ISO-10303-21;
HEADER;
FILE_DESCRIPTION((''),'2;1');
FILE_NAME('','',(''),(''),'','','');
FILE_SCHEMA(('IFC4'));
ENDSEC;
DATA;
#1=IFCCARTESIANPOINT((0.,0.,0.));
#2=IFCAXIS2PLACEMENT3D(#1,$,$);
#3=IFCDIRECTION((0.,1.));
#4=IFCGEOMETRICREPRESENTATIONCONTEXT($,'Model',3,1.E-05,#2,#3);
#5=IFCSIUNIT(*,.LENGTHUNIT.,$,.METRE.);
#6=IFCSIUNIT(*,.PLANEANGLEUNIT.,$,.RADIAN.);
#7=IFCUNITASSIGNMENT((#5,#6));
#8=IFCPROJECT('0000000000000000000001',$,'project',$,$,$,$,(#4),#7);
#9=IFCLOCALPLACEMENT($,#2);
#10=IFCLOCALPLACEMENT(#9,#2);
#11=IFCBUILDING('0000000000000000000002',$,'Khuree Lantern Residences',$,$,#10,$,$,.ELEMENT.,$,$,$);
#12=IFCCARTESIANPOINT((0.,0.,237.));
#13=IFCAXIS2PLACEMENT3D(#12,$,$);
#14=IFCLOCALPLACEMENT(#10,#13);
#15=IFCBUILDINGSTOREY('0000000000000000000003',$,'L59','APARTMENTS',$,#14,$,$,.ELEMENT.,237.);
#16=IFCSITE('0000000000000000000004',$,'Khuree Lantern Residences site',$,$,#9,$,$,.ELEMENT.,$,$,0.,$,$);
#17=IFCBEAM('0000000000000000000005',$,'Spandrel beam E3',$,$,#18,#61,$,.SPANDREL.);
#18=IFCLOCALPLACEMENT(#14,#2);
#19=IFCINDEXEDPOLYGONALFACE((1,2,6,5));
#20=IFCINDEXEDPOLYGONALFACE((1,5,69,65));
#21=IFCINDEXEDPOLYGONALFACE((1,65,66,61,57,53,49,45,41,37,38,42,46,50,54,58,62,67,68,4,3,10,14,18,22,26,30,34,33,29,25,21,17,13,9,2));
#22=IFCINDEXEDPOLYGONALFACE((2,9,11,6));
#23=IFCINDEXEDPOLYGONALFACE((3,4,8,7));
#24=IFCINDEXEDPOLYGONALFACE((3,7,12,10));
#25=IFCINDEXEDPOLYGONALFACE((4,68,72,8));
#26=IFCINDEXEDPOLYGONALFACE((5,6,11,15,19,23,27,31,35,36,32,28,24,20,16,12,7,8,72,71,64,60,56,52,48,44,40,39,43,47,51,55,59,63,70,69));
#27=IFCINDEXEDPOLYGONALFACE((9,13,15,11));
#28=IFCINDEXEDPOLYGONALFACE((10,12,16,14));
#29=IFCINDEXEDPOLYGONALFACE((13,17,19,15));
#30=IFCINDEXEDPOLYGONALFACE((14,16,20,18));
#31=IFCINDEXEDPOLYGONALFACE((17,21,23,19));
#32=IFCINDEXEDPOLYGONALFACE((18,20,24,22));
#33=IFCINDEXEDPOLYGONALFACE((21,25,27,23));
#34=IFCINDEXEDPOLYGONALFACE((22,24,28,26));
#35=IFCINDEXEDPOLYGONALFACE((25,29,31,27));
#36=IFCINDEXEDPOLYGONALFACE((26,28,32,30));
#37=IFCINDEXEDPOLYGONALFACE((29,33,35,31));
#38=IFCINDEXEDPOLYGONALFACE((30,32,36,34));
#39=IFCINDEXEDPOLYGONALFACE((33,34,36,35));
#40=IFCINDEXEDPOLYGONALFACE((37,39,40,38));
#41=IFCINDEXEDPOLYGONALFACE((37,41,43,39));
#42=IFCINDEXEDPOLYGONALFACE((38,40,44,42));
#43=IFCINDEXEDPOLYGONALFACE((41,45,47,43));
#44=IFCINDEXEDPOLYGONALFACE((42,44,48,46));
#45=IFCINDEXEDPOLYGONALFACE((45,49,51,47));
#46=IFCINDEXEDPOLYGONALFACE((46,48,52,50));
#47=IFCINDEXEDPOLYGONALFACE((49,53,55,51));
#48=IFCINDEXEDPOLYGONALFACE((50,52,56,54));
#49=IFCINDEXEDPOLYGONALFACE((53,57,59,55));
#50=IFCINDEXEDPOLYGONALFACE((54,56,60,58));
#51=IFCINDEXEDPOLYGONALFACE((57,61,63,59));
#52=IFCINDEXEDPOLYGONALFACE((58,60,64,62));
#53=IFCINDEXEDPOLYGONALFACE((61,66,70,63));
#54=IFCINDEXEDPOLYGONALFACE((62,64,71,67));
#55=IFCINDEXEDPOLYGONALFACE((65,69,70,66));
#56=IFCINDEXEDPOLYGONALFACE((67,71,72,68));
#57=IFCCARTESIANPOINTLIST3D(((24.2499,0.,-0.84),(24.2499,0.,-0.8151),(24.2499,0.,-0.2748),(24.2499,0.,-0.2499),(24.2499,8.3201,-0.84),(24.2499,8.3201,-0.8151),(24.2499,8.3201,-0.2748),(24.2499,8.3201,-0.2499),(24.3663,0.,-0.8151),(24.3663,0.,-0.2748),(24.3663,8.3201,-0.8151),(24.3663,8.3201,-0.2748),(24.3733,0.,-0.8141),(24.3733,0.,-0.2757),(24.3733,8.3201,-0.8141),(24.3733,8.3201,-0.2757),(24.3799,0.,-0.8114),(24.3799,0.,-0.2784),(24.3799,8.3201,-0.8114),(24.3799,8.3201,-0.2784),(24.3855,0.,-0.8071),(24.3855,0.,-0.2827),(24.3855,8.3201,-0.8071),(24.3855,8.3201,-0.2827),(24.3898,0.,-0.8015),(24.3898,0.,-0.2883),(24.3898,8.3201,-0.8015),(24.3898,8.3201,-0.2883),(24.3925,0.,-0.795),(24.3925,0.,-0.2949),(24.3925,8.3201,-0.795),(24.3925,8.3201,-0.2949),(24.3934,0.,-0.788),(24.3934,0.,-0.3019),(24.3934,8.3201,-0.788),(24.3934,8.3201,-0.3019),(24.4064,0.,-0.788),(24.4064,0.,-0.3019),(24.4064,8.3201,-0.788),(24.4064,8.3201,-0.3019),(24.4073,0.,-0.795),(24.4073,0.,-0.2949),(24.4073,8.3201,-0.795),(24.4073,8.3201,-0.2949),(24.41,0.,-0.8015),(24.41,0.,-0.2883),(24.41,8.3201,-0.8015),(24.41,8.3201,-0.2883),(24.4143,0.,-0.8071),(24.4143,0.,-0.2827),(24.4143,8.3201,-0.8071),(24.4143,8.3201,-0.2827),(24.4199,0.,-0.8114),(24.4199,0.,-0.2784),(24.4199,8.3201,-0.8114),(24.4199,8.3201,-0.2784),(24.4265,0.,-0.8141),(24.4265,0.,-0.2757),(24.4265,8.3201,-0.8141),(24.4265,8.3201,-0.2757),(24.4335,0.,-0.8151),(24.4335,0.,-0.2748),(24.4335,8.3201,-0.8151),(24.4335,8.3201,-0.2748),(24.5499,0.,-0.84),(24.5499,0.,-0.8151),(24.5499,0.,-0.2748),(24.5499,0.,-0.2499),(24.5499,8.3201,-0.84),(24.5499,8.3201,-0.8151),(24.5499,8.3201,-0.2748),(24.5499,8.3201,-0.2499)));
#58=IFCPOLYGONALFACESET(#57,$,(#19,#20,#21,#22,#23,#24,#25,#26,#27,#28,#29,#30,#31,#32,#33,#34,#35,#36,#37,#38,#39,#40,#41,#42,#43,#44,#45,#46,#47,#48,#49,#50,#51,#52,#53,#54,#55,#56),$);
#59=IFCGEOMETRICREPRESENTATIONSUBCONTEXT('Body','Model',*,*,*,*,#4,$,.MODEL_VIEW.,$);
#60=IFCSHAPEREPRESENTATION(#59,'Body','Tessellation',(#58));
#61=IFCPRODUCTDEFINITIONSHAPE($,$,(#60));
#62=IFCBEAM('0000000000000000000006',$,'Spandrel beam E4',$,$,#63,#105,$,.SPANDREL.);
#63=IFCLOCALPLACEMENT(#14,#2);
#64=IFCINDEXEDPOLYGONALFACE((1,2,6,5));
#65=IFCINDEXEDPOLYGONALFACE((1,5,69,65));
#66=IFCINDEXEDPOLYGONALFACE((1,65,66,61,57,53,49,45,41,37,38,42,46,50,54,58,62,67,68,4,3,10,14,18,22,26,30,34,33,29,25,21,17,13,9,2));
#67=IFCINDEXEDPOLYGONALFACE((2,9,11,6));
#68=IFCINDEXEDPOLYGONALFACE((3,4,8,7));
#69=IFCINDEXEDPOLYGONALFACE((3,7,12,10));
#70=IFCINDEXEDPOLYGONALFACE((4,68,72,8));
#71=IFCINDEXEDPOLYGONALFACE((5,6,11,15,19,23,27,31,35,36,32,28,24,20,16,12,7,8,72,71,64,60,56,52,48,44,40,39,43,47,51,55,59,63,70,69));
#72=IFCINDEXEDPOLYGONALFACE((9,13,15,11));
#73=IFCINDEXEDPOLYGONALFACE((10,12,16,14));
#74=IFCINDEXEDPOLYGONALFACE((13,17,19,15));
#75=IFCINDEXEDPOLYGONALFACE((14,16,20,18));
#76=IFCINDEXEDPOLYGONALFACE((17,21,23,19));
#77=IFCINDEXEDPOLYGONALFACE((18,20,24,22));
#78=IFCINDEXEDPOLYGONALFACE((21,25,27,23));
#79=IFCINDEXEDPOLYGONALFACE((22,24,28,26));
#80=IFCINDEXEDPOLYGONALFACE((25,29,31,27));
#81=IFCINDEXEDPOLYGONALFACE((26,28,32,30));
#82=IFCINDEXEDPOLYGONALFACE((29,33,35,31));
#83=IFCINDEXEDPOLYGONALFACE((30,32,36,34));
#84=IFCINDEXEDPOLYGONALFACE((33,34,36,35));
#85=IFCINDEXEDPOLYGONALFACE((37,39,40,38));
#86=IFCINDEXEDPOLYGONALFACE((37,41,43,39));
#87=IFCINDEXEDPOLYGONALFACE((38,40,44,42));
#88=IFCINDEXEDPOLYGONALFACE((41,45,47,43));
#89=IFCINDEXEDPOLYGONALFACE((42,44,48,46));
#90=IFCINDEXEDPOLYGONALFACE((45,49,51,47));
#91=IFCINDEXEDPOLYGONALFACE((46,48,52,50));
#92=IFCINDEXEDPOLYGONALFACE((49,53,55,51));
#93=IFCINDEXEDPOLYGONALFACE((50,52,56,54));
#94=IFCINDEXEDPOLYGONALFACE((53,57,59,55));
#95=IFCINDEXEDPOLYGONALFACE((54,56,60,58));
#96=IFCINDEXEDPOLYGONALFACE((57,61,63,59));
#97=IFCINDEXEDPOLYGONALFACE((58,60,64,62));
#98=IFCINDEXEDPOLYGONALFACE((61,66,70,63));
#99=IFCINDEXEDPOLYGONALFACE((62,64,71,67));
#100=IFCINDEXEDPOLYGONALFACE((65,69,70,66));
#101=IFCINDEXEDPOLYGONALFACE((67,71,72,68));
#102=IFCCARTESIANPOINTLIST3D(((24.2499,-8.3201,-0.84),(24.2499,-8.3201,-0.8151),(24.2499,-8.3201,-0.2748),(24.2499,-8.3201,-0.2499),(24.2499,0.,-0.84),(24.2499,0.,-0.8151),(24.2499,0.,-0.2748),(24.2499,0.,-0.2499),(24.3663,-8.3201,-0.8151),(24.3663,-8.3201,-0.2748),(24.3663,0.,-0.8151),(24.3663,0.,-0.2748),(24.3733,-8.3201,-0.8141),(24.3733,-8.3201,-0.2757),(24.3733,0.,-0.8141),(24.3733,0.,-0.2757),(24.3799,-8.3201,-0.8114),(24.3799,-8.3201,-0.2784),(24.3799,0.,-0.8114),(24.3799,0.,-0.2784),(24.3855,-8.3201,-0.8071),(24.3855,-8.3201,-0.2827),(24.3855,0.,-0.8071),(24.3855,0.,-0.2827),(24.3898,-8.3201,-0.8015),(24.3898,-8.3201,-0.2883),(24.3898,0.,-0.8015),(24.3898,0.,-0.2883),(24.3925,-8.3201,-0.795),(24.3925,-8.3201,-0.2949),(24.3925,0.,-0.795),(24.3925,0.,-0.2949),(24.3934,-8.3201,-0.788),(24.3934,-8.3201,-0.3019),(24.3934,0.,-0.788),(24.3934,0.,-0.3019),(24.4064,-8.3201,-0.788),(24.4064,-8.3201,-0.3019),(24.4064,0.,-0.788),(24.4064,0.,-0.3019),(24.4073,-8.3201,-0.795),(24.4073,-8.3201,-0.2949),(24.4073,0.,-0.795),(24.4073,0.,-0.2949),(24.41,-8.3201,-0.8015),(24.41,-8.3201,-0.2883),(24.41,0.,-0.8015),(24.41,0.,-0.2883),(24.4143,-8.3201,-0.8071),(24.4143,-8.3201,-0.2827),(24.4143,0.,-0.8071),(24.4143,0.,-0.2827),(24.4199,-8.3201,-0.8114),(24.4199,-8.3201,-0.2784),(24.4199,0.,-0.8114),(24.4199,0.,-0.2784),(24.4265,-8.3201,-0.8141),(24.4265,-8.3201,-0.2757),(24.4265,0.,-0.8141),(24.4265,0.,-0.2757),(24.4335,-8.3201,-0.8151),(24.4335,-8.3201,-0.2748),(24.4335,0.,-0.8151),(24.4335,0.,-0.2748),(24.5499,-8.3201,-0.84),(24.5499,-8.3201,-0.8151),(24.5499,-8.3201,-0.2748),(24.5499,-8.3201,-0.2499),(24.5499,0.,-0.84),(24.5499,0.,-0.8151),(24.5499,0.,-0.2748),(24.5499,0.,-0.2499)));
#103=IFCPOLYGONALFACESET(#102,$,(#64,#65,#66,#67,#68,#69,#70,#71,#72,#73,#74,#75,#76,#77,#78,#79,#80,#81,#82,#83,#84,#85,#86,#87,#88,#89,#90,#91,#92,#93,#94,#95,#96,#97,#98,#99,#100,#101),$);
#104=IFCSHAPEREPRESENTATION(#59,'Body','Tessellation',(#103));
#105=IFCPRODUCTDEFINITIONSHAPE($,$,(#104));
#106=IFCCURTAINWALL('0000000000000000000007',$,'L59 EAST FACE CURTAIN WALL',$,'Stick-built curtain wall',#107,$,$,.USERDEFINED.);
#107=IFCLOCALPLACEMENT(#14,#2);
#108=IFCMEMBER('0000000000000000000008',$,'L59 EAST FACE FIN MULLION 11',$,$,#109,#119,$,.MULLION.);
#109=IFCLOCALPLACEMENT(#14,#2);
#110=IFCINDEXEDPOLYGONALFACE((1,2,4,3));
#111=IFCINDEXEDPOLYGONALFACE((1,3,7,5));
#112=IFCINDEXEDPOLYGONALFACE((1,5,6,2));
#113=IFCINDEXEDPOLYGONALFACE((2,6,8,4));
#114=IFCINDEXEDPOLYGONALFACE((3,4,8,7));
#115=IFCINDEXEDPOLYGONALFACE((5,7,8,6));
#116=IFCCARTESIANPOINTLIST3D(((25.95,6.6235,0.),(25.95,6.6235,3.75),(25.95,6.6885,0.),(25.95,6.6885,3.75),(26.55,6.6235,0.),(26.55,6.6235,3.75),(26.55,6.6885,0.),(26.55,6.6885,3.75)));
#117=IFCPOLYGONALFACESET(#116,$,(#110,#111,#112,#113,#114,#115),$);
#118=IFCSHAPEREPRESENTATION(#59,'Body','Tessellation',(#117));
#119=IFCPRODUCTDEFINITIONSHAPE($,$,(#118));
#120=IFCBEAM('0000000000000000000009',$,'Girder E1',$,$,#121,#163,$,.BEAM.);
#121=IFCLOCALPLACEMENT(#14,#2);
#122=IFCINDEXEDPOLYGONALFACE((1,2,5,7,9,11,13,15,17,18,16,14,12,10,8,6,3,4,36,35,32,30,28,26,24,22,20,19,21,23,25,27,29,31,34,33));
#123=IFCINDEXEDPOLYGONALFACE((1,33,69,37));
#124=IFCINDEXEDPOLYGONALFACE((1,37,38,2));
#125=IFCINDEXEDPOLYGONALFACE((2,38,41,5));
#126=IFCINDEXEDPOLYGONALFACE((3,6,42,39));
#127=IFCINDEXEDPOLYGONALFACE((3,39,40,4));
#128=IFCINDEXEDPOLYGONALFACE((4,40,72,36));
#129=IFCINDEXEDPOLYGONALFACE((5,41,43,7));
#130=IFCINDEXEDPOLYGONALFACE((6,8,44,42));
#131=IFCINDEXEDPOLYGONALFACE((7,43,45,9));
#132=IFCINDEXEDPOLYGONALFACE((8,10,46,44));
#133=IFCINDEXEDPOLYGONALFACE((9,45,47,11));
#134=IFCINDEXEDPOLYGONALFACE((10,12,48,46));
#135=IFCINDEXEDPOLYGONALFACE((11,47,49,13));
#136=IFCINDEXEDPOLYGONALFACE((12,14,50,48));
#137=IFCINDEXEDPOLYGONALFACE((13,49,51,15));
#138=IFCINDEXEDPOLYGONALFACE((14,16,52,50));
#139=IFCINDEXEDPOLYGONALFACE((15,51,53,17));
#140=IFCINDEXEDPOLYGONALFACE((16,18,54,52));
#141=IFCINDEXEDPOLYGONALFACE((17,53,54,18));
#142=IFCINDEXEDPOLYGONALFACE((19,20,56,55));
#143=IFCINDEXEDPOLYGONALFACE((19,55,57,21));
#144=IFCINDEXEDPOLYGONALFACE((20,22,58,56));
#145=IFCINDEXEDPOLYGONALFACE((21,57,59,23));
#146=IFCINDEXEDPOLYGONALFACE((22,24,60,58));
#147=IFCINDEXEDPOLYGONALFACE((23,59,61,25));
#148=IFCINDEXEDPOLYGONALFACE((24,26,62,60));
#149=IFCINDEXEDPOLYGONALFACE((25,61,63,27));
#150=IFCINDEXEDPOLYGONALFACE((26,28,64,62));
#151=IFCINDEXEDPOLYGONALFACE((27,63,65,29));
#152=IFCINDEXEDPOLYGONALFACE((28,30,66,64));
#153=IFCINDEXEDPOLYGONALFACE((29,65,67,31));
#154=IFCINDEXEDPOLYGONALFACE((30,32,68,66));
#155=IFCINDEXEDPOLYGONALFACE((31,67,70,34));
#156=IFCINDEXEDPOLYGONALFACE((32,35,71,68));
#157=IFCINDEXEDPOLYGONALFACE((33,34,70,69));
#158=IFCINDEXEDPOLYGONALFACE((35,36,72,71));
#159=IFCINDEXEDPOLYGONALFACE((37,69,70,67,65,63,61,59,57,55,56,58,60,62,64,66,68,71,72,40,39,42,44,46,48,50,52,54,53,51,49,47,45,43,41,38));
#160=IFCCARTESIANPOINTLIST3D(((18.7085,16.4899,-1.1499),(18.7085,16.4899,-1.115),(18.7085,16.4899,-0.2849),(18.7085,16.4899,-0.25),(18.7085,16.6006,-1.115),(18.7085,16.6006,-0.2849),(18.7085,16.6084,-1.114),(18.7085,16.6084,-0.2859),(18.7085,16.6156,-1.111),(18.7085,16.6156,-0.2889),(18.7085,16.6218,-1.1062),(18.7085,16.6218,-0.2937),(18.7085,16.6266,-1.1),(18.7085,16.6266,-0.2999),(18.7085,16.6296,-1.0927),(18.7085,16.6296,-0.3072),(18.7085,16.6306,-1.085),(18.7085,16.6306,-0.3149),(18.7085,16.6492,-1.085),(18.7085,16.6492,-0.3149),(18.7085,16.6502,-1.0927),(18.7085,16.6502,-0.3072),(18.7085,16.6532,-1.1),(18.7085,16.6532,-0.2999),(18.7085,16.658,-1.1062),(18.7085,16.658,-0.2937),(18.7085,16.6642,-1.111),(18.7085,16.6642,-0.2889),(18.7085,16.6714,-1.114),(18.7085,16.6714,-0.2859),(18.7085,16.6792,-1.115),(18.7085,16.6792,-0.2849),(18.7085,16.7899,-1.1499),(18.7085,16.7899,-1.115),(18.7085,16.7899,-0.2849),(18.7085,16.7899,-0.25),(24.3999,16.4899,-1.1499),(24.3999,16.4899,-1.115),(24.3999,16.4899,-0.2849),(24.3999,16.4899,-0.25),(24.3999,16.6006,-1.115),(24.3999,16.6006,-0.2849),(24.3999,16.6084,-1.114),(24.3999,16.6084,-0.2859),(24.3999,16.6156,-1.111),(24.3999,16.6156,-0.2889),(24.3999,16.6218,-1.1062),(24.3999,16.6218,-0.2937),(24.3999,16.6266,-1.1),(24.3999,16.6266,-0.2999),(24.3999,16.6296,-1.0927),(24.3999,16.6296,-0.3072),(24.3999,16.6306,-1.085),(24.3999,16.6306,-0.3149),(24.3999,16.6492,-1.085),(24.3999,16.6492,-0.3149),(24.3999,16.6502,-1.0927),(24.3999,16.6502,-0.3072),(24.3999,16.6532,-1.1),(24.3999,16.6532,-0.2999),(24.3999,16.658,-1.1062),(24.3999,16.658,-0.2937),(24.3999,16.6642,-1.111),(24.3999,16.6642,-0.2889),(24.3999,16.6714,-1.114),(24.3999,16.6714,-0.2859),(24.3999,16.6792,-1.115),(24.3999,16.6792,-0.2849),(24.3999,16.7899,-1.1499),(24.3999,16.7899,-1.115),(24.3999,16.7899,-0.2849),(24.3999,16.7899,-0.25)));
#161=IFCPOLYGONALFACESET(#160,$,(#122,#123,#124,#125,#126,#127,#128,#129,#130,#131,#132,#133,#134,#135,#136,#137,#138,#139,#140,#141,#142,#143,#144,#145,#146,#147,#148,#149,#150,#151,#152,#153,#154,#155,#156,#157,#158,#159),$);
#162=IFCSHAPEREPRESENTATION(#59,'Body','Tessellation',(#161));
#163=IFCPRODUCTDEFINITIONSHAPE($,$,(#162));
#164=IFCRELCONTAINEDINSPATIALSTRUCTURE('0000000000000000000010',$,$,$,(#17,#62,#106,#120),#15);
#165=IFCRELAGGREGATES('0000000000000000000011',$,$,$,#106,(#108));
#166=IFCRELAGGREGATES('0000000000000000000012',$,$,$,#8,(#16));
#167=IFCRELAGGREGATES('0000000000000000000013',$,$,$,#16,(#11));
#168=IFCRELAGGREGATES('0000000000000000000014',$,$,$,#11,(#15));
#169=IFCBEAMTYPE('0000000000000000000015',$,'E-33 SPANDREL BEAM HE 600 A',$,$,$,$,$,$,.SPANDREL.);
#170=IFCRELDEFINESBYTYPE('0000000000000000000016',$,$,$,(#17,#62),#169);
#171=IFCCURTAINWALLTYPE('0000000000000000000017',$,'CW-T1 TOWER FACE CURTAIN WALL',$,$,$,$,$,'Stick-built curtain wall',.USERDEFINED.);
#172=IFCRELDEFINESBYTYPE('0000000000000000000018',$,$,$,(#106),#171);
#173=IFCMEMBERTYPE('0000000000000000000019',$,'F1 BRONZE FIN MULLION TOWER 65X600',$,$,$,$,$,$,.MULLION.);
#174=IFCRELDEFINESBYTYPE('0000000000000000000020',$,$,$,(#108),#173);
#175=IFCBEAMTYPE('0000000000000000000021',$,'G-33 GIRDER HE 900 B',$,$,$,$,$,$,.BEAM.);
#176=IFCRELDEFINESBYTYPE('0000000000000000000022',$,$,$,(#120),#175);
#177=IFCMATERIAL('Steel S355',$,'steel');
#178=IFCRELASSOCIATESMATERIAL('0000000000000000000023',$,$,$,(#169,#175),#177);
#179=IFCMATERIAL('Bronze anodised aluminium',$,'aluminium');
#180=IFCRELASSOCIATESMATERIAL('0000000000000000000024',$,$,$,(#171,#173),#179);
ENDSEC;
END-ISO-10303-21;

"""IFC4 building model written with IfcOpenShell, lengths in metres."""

from ifc_helpers import new_model, si_unit, direction, frame, origin, origin_2d, place, context, subcontext, project, spatial, rectangle, i_section, extrude, material, material_profile, profile_set, type_object, element, aggregate, save


model = new_model("IFC4")

# Units and contexts
model_context = context("Model", 3, precision=1e-05, world=origin(), true_north=direction((0.0, 1.0)))
body_context = subcontext(model_context, "Body", "Model", "MODEL_VIEW")
ifc_project = project(units=[si_unit("LENGTHUNIT", "METRE"), si_unit("PLANEANGLEUNIT", "RADIAN")], contexts=[model_context])

# Site, building, storey
site_placement = place(None, origin())
site = spatial("IfcSite", under=ifc_project, at=site_placement, Name="Khuree Lantern Residences site", CompositionType="ELEMENT", RefElevation=0.0)
building_placement = place(site_placement, origin())
building = spatial("IfcBuilding", under=site, at=building_placement, Name="Khuree Lantern Residences", CompositionType="ELEMENT")
storey_placement = place(building_placement, frame((0.0, 0.0, 237.0)))
storey = spatial("IfcBuildingStorey", under=building, at=storey_placement, Name="L59", Description="APARTMENTS", CompositionType="ELEMENT", Elevation=237.0)

# Beams
ifc_material_1 = material(Name="Steel S355", Category="steel")
ifc_material_profile_1 = material_profile(ifc_material_1, i_section(OverallWidth=0.3, OverallDepth=0.5901, WebThickness=0.0129, FlangeThickness=0.0249, FilletRadius=0.0271, at=origin_2d()), Name="HE 600 A")
ifc_profile_set_1 = profile_set([ifc_material_profile_1], Name="Steel S355")
beam_type_1 = type_object("IfcBeamType", Name="E-33 SPANDREL BEAM HE 600 A", PredefinedType="SPANDREL", material=ifc_profile_set_1)
for number, where, z_axis, x_axis, name in (
    (1, (24.3999, 8.3201, -0.5449), (0.0, -1.0, 0.0), (1.0, 0.0, 0.0), "Spandrel beam E3"),
    (2, (24.3999, 0.0, -0.5449), (0.0, -1.0, 0.0), (1.0, 0.0, 0.0), "Spandrel beam E4"),
):
    element("IfcBeam", number, at=place(storey_placement, frame(where, z_axis=z_axis, x_axis=x_axis)), inside=storey, type_object=beam_type_1, Name=name, PredefinedType="SPANDREL", context=body_context, shape_type="SweptSolid", body=[
        extrude(i_section(OverallWidth=0.3, OverallDepth=0.5901, WebThickness=0.0129, FlangeThickness=0.0249, FilletRadius=0.0271, at=origin_2d()), origin(), (0.0, 0.0, 1.0), 8.3201),
    ])

# Curtain wall, member
ifc_material_2 = material(Name="Bronze anodised aluminium", Category="aluminium")
curtain_wall_type = type_object("IfcCurtainWallType", Name="CW-T1 TOWER FACE CURTAIN WALL", ElementType="Stick-built curtain wall", PredefinedType="USERDEFINED", material=ifc_material_2)
curtain_wall_placement = place(storey_placement, origin())
curtain_wall = element("IfcCurtainWall", 3, at=curtain_wall_placement, inside=storey, type_object=curtain_wall_type, Name="L59 EAST FACE CURTAIN WALL", ObjectType="Stick-built curtain wall", PredefinedType="USERDEFINED")
ifc_material_profile_2 = material_profile(ifc_material_2, rectangle(XDim=0.0649, YDim=0.6001, at=origin_2d()), Name="F1 65X600")
ifc_profile_set_2 = profile_set([ifc_material_profile_2], Name="Bronze anodised aluminium")
member_type_1 = type_object("IfcMemberType", Name="F1 BRONZE FIN MULLION TOWER 65X600", PredefinedType="MULLION", material=ifc_profile_set_2)
member_1_placement = place(storey_placement, frame((26.25, 6.656, 0.0), z_axis=(0.0, 0.0, 1.0), x_axis=(0.0, 1.0, 0.0)))
member_1 = element("IfcMember", 4, at=member_1_placement, type_object=member_type_1, Name="L59 EAST FACE FIN MULLION 11", PredefinedType="MULLION", context=body_context, shape_type="SweptSolid", body=[
    extrude(rectangle(XDim=0.0649, YDim=0.6001, at=origin_2d()), origin(), (0.0, 0.0, 1.0), 3.75),
])

# Beam
ifc_material_profile_3 = material_profile(ifc_material_1, i_section(OverallWidth=0.3, OverallDepth=0.8999, WebThickness=0.0186, FlangeThickness=0.0349, FilletRadius=0.03, at=origin_2d()), Name="HE 900 B")
ifc_profile_set_3 = profile_set([ifc_material_profile_3], Name="Steel S355")
beam_type_2 = type_object("IfcBeamType", Name="G-33 GIRDER HE 900 B", PredefinedType="BEAM", material=ifc_profile_set_3)
beam_1_placement = place(storey_placement, frame((24.3999, 16.6399, -0.7), z_axis=(-1.0, 0.0, 0.0), x_axis=(0.0, -1.0, 0.0)))
element("IfcBeam", 5, at=beam_1_placement, inside=storey, type_object=beam_type_2, Name="Girder E1", PredefinedType="BEAM", context=body_context, shape_type="SweptSolid", body=[
    extrude(i_section(OverallWidth=0.3, OverallDepth=0.8999, WebThickness=0.0186, FlangeThickness=0.0349, FilletRadius=0.03, at=origin_2d()), origin(), (0.0, 0.0, 1.0), 5.6914),
])

aggregate(curtain_wall, [member_1])

save(model, "model.ifc")
